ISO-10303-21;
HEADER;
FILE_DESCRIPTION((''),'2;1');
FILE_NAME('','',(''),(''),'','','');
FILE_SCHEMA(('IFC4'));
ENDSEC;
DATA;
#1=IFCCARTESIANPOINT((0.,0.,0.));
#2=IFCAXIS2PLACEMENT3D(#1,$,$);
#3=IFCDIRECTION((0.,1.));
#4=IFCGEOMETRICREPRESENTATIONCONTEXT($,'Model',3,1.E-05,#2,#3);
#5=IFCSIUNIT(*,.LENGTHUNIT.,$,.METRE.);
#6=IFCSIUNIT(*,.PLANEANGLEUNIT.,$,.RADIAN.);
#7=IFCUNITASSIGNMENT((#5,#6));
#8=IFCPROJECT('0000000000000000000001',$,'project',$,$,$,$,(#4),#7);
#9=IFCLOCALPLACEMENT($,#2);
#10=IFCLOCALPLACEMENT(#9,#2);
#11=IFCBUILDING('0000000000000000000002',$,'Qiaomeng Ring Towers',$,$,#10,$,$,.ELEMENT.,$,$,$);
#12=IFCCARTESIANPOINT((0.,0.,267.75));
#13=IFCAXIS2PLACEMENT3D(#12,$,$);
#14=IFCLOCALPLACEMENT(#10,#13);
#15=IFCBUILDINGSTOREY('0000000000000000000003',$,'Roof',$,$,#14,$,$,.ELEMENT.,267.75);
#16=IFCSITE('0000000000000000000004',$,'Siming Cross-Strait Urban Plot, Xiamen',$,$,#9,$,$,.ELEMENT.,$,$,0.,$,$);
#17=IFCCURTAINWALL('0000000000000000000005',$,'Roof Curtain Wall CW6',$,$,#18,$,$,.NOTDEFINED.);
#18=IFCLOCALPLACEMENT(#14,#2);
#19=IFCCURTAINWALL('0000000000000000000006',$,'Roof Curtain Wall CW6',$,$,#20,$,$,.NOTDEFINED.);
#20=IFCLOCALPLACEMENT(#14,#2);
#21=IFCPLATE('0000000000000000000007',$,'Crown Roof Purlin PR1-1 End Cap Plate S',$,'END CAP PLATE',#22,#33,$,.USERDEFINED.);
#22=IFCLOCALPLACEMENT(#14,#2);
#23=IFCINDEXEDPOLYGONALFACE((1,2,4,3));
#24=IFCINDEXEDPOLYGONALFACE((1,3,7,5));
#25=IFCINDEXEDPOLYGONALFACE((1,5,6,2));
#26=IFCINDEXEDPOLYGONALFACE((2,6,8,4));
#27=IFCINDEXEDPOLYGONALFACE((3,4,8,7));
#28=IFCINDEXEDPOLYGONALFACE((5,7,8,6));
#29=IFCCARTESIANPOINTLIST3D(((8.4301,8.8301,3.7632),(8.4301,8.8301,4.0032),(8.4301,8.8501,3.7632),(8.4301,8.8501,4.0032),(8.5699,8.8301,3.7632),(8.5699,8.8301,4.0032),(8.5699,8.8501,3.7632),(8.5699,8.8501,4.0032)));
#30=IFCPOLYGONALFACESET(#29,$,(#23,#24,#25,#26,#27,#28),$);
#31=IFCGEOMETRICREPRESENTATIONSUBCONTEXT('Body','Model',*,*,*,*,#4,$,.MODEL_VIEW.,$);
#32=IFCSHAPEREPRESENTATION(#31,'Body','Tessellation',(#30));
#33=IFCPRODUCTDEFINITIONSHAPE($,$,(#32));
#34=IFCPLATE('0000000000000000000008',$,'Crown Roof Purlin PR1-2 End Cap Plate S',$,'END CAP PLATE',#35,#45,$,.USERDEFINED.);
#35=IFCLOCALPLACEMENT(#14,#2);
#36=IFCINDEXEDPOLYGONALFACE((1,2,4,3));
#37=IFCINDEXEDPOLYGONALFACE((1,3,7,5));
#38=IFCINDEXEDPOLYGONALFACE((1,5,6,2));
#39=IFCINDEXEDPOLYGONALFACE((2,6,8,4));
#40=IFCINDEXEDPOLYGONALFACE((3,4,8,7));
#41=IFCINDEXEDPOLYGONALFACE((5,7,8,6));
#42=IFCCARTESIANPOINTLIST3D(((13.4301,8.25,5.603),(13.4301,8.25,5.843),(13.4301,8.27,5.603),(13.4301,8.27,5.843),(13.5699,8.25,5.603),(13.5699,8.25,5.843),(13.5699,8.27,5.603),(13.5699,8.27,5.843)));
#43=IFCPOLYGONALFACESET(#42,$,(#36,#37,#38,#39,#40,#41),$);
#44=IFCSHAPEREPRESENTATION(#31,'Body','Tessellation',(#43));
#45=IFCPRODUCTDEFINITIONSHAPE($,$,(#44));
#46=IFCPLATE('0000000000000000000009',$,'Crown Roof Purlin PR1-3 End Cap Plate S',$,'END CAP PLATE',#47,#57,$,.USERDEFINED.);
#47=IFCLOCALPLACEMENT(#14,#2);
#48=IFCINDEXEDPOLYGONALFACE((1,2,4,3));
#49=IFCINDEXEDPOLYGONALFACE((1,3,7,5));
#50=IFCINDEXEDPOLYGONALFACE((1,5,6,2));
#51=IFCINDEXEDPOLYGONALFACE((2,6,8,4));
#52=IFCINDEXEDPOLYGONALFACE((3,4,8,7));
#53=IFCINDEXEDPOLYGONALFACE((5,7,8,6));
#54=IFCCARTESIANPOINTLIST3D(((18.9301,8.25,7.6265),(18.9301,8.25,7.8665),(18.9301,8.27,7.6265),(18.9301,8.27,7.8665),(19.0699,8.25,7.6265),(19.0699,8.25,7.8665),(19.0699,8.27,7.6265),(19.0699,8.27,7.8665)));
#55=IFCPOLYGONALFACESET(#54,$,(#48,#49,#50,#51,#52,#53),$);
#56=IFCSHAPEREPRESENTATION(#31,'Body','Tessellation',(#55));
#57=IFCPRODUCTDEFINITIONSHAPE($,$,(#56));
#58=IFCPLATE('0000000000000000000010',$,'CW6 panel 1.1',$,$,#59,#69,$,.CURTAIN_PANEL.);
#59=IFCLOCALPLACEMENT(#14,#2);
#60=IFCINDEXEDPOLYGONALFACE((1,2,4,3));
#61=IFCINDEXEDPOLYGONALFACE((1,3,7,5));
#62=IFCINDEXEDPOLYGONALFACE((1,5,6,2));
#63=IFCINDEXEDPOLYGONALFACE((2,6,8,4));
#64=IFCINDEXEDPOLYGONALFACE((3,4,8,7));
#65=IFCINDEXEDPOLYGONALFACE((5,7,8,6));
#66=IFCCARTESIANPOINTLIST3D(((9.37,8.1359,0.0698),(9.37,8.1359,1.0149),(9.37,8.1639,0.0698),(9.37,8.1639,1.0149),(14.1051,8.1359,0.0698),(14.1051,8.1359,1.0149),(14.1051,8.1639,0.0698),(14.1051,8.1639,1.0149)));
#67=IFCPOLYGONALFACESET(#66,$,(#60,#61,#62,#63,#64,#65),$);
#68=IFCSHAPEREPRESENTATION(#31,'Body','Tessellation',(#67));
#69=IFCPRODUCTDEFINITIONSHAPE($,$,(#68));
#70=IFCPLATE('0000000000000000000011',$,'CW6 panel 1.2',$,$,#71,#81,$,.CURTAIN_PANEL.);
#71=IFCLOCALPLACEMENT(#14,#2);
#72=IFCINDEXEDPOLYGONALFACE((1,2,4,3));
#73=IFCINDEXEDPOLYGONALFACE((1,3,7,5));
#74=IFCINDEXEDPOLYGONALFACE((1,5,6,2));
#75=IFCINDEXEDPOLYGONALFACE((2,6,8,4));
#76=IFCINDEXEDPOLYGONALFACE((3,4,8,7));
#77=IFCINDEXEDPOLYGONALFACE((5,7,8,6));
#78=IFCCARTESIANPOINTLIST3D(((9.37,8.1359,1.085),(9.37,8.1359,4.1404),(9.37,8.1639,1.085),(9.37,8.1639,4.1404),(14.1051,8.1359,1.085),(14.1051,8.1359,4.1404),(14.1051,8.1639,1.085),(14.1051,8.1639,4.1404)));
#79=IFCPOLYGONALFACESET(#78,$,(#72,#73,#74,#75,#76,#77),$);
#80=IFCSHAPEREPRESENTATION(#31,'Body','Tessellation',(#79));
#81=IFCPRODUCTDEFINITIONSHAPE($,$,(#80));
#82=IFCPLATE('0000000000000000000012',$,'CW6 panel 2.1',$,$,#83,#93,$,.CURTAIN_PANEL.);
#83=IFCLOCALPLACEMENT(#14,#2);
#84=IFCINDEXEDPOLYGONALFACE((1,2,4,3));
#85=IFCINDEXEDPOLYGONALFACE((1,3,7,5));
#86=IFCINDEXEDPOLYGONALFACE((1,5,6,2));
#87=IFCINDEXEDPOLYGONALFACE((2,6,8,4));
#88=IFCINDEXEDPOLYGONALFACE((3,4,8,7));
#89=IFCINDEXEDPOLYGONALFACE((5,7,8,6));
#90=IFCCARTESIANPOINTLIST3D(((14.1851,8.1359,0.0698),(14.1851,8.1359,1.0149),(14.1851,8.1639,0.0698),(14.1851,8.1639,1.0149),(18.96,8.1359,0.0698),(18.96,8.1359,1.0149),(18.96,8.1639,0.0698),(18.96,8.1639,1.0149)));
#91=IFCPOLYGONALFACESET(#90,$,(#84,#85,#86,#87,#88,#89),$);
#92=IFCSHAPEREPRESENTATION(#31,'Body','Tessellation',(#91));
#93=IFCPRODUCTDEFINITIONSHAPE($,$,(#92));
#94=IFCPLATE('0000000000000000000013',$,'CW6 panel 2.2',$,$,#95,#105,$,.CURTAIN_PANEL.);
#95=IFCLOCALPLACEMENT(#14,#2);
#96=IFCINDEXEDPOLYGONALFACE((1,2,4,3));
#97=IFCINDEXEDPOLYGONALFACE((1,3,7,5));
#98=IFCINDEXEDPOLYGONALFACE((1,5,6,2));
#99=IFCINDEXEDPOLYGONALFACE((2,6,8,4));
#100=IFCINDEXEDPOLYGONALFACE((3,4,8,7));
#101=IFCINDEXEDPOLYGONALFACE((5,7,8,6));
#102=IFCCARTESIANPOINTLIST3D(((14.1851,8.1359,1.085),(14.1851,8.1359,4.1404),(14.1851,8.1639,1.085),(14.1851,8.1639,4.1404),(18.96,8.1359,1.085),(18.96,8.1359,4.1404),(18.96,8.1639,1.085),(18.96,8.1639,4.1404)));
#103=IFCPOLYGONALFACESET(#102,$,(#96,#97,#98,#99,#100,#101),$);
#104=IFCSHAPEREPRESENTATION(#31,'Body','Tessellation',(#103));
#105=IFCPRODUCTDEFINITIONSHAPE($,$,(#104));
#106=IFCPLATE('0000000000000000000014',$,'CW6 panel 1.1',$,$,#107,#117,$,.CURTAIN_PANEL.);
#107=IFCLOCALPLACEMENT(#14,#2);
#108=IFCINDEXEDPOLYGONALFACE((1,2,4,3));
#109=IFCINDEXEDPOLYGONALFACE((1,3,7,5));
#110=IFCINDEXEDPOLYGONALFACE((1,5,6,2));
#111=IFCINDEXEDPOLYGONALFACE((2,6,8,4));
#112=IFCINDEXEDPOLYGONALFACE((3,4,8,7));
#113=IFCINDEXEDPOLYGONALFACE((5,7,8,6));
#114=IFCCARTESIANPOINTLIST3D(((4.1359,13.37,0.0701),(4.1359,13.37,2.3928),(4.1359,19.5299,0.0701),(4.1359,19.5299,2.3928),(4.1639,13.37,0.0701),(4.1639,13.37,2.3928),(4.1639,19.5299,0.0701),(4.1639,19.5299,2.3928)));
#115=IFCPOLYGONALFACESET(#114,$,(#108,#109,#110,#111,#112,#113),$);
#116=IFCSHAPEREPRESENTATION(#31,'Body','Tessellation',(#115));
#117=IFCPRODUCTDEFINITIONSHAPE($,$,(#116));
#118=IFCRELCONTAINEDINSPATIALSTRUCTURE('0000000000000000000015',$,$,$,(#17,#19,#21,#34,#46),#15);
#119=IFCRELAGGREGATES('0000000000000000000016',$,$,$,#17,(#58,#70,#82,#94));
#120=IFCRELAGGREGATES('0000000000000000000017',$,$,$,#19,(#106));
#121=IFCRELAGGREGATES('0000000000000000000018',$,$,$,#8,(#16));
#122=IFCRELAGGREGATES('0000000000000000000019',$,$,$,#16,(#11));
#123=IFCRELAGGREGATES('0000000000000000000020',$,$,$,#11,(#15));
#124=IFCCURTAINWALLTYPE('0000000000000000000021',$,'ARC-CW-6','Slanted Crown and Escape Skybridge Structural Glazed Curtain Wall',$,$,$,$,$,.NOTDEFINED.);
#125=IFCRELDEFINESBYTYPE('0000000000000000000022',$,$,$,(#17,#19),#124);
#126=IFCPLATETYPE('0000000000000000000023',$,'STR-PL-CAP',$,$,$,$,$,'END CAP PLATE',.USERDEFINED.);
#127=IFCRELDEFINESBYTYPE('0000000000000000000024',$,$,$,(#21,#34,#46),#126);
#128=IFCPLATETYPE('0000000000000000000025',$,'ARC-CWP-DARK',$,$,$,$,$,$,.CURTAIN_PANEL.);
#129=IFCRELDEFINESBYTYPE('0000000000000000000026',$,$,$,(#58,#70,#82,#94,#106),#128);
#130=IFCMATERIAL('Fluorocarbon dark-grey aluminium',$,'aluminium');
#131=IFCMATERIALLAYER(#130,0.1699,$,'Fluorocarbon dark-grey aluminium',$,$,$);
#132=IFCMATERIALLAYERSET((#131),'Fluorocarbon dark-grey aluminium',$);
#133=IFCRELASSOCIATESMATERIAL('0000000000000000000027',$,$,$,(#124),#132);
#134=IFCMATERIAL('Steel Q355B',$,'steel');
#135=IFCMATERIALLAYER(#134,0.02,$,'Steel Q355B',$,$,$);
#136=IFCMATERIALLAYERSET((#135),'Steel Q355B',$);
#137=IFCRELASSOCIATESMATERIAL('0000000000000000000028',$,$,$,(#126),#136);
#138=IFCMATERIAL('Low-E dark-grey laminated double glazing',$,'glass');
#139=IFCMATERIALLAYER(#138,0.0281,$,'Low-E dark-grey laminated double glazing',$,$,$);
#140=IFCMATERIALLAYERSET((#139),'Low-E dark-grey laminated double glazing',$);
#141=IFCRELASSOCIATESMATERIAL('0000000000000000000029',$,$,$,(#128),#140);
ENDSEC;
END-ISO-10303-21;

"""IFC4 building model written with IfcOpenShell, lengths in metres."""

from ifc_helpers import new_model, si_unit, direction, frame, origin, origin_2d, place, context, subcontext, project, spatial, rectangle, extrude, source, transform, mapped, material, layer, layer_set, type_object, element, aggregate, save


model = new_model("IFC4")

# Units and contexts
model_context = context("Model", 3, precision=1e-05, world=origin(), true_north=direction((0.0, 1.0)))
body_context = subcontext(model_context, "Body", "Model", "MODEL_VIEW")
ifc_project = project(units=[si_unit("LENGTHUNIT", "METRE"), si_unit("PLANEANGLEUNIT", "RADIAN")], contexts=[model_context])

# Site, building, storey
site_placement = place(None, origin())
site = spatial("IfcSite", under=ifc_project, at=site_placement, Name="Siming Cross-Strait Urban Plot, Xiamen", CompositionType="ELEMENT", RefElevation=0.0)
building_placement = place(site_placement, origin())
building = spatial("IfcBuilding", under=site, at=building_placement, Name="Qiaomeng Ring Towers", CompositionType="ELEMENT")
storey_placement = place(building_placement, frame((0.0, 0.0, 267.75)))
storey = spatial("IfcBuildingStorey", under=building, at=storey_placement, Name="Roof", CompositionType="ELEMENT", Elevation=267.75)

# Shared definitions
ifc_material_1 = material(Name="Steel Q355B", Category="steel")

# Curtain walls
ifc_material_2 = material(Name="Fluorocarbon dark-grey aluminium", Category="aluminium")
ifc_layer_1 = layer(ifc_material_2, 0.1699, Name="Fluorocarbon dark-grey aluminium")
ifc_layer_set_1 = layer_set([ifc_layer_1], Name="Fluorocarbon dark-grey aluminium")
curtain_wall_type = type_object("IfcCurtainWallType", Name="ARC-CW-6", Description="Slanted Crown and Escape Skybridge Structural Glazed Curtain Wall", PredefinedType="NOTDEFINED", material=ifc_layer_set_1)
curtain_wall_1_placement = place(storey_placement, origin())
curtain_wall_1 = element("IfcCurtainWall", 1, at=curtain_wall_1_placement, inside=storey, type_object=curtain_wall_type, Name="Roof Curtain Wall CW6", PredefinedType="NOTDEFINED")
curtain_wall_2_placement = place(storey_placement, origin())
curtain_wall_2 = element("IfcCurtainWall", 2, at=curtain_wall_2_placement, inside=storey, type_object=curtain_wall_type, Name="Roof Curtain Wall CW6", PredefinedType="NOTDEFINED")

# Plates
ifc_layer_2 = layer(ifc_material_1, 0.02, Name="Steel Q355B")
ifc_layer_set_2 = layer_set([ifc_layer_2], Name="Steel Q355B")
plate_type_1 = type_object("IfcPlateType", Name="STR-PL-CAP", ElementType="END CAP PLATE", PredefinedType="USERDEFINED", material=ifc_layer_set_2)
shared_shape_1 = source(origin(), body_context, "Body", "SweptSolid", [
    extrude(rectangle(XDim=0.1399, YDim=0.02, at=origin_2d()), origin(), (0.0, 0.0, 1.0), 0.24),
])
for number, where, z_axis, x_axis, name in (
    (3, (8.5, 8.8401, 3.7632), (0.0, 0.0, 1.0), (1.0, 0.0, 0.0), "Crown Roof Purlin PR1-1 End Cap Plate S"),
    (4, (13.5, 8.26, 5.603), (0.0, 0.0, 1.0), (1.0, 0.0, 0.0), "Crown Roof Purlin PR1-2 End Cap Plate S"),
    (5, (19.0, 8.26, 7.6265), (0.0, 0.0, 1.0), (1.0, 0.0, 0.0), "Crown Roof Purlin PR1-3 End Cap Plate S"),
):
    element("IfcPlate", number, at=place(storey_placement, frame(where, z_axis=z_axis, x_axis=x_axis)), inside=storey, type_object=plate_type_1, Name=name, ObjectType="END CAP PLATE", PredefinedType="USERDEFINED", context=body_context, shape_type="MappedRepresentation", body=[
        mapped(shared_shape_1, transform((0.0, 0.0, 0.0), x_axis=(1.0, 0.0, 0.0), y_axis=(0.0, 1.0, 0.0), z_axis=(0.0, 0.0, 1.0), scale=1.0)),
    ])

# Plates
ifc_material_3 = material(Name="Low-E dark-grey laminated double glazing", Category="glass")
ifc_layer_3 = layer(ifc_material_3, 0.0281, Name="Low-E dark-grey laminated double glazing")
ifc_layer_set_3 = layer_set([ifc_layer_3], Name="Low-E dark-grey laminated double glazing")
plate_type_2 = type_object("IfcPlateType", Name="ARC-CWP-DARK", PredefinedType="CURTAIN_PANEL", material=ifc_layer_set_3)
shared_shape_2 = source(origin(), body_context, "Body", "SweptSolid", [
    extrude(rectangle(XDim=4.7351, YDim=0.0281, at=origin_2d()), origin(), (0.0, 0.0, 1.0), 0.9451),
])
plate_1_placement = place(storey_placement, frame((11.7375, 8.1499, 0.0698), z_axis=(0.0, 0.0, 1.0), x_axis=(1.0, 0.0, 0.0)))
plate_1 = element("IfcPlate", 6, at=plate_1_placement, type_object=plate_type_2, Name="CW6 panel 1.1", PredefinedType="CURTAIN_PANEL", context=body_context, shape_type="MappedRepresentation", body=[
    mapped(shared_shape_2, transform((0.0, 0.0, 0.0), x_axis=(1.0, 0.0, 0.0), y_axis=(0.0, 1.0, 0.0), z_axis=(0.0, 0.0, 1.0), scale=1.0)),
])
shared_shape_3 = source(origin(), body_context, "Body", "SweptSolid", [
    extrude(rectangle(XDim=4.7351, YDim=0.0281, at=origin_2d()), origin(), (0.0, 0.0, 1.0), 3.0554),
])
plate_2_placement = place(storey_placement, frame((11.7375, 8.1499, 1.085), z_axis=(0.0, 0.0, 1.0), x_axis=(1.0, 0.0, 0.0)))
plate_2 = element("IfcPlate", 7, at=plate_2_placement, type_object=plate_type_2, Name="CW6 panel 1.2", PredefinedType="CURTAIN_PANEL", context=body_context, shape_type="MappedRepresentation", body=[
    mapped(shared_shape_3, transform((0.0, 0.0, 0.0), x_axis=(1.0, 0.0, 0.0), y_axis=(0.0, 1.0, 0.0), z_axis=(0.0, 0.0, 1.0), scale=1.0)),
])
shared_shape_4 = source(origin(), body_context, "Body", "SweptSolid", [
    extrude(rectangle(XDim=4.7749, YDim=0.0281, at=origin_2d()), origin(), (0.0, 0.0, 1.0), 0.9451),
])
plate_3_placement = place(storey_placement, frame((16.5725, 8.1499, 0.0698), z_axis=(0.0, 0.0, 1.0), x_axis=(1.0, 0.0, 0.0)))
plate_3 = element("IfcPlate", 8, at=plate_3_placement, type_object=plate_type_2, Name="CW6 panel 2.1", PredefinedType="CURTAIN_PANEL", context=body_context, shape_type="MappedRepresentation", body=[
    mapped(shared_shape_4, transform((0.0, 0.0, 0.0), x_axis=(1.0, 0.0, 0.0), y_axis=(0.0, 1.0, 0.0), z_axis=(0.0, 0.0, 1.0), scale=1.0)),
])
shared_shape_5 = source(origin(), body_context, "Body", "SweptSolid", [
    extrude(rectangle(XDim=4.7749, YDim=0.0281, at=origin_2d()), origin(), (0.0, 0.0, 1.0), 3.0554),
])
plate_4_placement = place(storey_placement, frame((16.5725, 8.1499, 1.085), z_axis=(0.0, 0.0, 1.0), x_axis=(1.0, 0.0, 0.0)))
plate_4 = element("IfcPlate", 9, at=plate_4_placement, type_object=plate_type_2, Name="CW6 panel 2.2", PredefinedType="CURTAIN_PANEL", context=body_context, shape_type="MappedRepresentation", body=[
    mapped(shared_shape_5, transform((0.0, 0.0, 0.0), x_axis=(1.0, 0.0, 0.0), y_axis=(0.0, 1.0, 0.0), z_axis=(0.0, 0.0, 1.0), scale=1.0)),
])
aggregate(curtain_wall_1, [plate_1, plate_2, plate_3, plate_4])
shared_shape_6 = source(origin(), body_context, "Body", "SweptSolid", [
    extrude(rectangle(XDim=6.1599, YDim=0.0281, at=origin_2d()), origin(), (0.0, 0.0, 1.0), 2.3228),
])
plate_5_placement = place(storey_placement, frame((4.1499, 16.45, 0.0701), z_axis=(0.0, 0.0, 1.0), x_axis=(0.0, -1.0, 0.0)))
plate_5 = element("IfcPlate", 10, at=plate_5_placement, type_object=plate_type_2, Name="CW6 panel 1.1", PredefinedType="CURTAIN_PANEL", context=body_context, shape_type="MappedRepresentation", body=[
    mapped(shared_shape_6, transform((0.0, 0.0, 0.0), x_axis=(1.0, 0.0, 0.0), y_axis=(0.0, 1.0, 0.0), z_axis=(0.0, 0.0, 1.0), scale=1.0)),
])
aggregate(curtain_wall_2, [plate_5])

save(model, "model.ifc")
